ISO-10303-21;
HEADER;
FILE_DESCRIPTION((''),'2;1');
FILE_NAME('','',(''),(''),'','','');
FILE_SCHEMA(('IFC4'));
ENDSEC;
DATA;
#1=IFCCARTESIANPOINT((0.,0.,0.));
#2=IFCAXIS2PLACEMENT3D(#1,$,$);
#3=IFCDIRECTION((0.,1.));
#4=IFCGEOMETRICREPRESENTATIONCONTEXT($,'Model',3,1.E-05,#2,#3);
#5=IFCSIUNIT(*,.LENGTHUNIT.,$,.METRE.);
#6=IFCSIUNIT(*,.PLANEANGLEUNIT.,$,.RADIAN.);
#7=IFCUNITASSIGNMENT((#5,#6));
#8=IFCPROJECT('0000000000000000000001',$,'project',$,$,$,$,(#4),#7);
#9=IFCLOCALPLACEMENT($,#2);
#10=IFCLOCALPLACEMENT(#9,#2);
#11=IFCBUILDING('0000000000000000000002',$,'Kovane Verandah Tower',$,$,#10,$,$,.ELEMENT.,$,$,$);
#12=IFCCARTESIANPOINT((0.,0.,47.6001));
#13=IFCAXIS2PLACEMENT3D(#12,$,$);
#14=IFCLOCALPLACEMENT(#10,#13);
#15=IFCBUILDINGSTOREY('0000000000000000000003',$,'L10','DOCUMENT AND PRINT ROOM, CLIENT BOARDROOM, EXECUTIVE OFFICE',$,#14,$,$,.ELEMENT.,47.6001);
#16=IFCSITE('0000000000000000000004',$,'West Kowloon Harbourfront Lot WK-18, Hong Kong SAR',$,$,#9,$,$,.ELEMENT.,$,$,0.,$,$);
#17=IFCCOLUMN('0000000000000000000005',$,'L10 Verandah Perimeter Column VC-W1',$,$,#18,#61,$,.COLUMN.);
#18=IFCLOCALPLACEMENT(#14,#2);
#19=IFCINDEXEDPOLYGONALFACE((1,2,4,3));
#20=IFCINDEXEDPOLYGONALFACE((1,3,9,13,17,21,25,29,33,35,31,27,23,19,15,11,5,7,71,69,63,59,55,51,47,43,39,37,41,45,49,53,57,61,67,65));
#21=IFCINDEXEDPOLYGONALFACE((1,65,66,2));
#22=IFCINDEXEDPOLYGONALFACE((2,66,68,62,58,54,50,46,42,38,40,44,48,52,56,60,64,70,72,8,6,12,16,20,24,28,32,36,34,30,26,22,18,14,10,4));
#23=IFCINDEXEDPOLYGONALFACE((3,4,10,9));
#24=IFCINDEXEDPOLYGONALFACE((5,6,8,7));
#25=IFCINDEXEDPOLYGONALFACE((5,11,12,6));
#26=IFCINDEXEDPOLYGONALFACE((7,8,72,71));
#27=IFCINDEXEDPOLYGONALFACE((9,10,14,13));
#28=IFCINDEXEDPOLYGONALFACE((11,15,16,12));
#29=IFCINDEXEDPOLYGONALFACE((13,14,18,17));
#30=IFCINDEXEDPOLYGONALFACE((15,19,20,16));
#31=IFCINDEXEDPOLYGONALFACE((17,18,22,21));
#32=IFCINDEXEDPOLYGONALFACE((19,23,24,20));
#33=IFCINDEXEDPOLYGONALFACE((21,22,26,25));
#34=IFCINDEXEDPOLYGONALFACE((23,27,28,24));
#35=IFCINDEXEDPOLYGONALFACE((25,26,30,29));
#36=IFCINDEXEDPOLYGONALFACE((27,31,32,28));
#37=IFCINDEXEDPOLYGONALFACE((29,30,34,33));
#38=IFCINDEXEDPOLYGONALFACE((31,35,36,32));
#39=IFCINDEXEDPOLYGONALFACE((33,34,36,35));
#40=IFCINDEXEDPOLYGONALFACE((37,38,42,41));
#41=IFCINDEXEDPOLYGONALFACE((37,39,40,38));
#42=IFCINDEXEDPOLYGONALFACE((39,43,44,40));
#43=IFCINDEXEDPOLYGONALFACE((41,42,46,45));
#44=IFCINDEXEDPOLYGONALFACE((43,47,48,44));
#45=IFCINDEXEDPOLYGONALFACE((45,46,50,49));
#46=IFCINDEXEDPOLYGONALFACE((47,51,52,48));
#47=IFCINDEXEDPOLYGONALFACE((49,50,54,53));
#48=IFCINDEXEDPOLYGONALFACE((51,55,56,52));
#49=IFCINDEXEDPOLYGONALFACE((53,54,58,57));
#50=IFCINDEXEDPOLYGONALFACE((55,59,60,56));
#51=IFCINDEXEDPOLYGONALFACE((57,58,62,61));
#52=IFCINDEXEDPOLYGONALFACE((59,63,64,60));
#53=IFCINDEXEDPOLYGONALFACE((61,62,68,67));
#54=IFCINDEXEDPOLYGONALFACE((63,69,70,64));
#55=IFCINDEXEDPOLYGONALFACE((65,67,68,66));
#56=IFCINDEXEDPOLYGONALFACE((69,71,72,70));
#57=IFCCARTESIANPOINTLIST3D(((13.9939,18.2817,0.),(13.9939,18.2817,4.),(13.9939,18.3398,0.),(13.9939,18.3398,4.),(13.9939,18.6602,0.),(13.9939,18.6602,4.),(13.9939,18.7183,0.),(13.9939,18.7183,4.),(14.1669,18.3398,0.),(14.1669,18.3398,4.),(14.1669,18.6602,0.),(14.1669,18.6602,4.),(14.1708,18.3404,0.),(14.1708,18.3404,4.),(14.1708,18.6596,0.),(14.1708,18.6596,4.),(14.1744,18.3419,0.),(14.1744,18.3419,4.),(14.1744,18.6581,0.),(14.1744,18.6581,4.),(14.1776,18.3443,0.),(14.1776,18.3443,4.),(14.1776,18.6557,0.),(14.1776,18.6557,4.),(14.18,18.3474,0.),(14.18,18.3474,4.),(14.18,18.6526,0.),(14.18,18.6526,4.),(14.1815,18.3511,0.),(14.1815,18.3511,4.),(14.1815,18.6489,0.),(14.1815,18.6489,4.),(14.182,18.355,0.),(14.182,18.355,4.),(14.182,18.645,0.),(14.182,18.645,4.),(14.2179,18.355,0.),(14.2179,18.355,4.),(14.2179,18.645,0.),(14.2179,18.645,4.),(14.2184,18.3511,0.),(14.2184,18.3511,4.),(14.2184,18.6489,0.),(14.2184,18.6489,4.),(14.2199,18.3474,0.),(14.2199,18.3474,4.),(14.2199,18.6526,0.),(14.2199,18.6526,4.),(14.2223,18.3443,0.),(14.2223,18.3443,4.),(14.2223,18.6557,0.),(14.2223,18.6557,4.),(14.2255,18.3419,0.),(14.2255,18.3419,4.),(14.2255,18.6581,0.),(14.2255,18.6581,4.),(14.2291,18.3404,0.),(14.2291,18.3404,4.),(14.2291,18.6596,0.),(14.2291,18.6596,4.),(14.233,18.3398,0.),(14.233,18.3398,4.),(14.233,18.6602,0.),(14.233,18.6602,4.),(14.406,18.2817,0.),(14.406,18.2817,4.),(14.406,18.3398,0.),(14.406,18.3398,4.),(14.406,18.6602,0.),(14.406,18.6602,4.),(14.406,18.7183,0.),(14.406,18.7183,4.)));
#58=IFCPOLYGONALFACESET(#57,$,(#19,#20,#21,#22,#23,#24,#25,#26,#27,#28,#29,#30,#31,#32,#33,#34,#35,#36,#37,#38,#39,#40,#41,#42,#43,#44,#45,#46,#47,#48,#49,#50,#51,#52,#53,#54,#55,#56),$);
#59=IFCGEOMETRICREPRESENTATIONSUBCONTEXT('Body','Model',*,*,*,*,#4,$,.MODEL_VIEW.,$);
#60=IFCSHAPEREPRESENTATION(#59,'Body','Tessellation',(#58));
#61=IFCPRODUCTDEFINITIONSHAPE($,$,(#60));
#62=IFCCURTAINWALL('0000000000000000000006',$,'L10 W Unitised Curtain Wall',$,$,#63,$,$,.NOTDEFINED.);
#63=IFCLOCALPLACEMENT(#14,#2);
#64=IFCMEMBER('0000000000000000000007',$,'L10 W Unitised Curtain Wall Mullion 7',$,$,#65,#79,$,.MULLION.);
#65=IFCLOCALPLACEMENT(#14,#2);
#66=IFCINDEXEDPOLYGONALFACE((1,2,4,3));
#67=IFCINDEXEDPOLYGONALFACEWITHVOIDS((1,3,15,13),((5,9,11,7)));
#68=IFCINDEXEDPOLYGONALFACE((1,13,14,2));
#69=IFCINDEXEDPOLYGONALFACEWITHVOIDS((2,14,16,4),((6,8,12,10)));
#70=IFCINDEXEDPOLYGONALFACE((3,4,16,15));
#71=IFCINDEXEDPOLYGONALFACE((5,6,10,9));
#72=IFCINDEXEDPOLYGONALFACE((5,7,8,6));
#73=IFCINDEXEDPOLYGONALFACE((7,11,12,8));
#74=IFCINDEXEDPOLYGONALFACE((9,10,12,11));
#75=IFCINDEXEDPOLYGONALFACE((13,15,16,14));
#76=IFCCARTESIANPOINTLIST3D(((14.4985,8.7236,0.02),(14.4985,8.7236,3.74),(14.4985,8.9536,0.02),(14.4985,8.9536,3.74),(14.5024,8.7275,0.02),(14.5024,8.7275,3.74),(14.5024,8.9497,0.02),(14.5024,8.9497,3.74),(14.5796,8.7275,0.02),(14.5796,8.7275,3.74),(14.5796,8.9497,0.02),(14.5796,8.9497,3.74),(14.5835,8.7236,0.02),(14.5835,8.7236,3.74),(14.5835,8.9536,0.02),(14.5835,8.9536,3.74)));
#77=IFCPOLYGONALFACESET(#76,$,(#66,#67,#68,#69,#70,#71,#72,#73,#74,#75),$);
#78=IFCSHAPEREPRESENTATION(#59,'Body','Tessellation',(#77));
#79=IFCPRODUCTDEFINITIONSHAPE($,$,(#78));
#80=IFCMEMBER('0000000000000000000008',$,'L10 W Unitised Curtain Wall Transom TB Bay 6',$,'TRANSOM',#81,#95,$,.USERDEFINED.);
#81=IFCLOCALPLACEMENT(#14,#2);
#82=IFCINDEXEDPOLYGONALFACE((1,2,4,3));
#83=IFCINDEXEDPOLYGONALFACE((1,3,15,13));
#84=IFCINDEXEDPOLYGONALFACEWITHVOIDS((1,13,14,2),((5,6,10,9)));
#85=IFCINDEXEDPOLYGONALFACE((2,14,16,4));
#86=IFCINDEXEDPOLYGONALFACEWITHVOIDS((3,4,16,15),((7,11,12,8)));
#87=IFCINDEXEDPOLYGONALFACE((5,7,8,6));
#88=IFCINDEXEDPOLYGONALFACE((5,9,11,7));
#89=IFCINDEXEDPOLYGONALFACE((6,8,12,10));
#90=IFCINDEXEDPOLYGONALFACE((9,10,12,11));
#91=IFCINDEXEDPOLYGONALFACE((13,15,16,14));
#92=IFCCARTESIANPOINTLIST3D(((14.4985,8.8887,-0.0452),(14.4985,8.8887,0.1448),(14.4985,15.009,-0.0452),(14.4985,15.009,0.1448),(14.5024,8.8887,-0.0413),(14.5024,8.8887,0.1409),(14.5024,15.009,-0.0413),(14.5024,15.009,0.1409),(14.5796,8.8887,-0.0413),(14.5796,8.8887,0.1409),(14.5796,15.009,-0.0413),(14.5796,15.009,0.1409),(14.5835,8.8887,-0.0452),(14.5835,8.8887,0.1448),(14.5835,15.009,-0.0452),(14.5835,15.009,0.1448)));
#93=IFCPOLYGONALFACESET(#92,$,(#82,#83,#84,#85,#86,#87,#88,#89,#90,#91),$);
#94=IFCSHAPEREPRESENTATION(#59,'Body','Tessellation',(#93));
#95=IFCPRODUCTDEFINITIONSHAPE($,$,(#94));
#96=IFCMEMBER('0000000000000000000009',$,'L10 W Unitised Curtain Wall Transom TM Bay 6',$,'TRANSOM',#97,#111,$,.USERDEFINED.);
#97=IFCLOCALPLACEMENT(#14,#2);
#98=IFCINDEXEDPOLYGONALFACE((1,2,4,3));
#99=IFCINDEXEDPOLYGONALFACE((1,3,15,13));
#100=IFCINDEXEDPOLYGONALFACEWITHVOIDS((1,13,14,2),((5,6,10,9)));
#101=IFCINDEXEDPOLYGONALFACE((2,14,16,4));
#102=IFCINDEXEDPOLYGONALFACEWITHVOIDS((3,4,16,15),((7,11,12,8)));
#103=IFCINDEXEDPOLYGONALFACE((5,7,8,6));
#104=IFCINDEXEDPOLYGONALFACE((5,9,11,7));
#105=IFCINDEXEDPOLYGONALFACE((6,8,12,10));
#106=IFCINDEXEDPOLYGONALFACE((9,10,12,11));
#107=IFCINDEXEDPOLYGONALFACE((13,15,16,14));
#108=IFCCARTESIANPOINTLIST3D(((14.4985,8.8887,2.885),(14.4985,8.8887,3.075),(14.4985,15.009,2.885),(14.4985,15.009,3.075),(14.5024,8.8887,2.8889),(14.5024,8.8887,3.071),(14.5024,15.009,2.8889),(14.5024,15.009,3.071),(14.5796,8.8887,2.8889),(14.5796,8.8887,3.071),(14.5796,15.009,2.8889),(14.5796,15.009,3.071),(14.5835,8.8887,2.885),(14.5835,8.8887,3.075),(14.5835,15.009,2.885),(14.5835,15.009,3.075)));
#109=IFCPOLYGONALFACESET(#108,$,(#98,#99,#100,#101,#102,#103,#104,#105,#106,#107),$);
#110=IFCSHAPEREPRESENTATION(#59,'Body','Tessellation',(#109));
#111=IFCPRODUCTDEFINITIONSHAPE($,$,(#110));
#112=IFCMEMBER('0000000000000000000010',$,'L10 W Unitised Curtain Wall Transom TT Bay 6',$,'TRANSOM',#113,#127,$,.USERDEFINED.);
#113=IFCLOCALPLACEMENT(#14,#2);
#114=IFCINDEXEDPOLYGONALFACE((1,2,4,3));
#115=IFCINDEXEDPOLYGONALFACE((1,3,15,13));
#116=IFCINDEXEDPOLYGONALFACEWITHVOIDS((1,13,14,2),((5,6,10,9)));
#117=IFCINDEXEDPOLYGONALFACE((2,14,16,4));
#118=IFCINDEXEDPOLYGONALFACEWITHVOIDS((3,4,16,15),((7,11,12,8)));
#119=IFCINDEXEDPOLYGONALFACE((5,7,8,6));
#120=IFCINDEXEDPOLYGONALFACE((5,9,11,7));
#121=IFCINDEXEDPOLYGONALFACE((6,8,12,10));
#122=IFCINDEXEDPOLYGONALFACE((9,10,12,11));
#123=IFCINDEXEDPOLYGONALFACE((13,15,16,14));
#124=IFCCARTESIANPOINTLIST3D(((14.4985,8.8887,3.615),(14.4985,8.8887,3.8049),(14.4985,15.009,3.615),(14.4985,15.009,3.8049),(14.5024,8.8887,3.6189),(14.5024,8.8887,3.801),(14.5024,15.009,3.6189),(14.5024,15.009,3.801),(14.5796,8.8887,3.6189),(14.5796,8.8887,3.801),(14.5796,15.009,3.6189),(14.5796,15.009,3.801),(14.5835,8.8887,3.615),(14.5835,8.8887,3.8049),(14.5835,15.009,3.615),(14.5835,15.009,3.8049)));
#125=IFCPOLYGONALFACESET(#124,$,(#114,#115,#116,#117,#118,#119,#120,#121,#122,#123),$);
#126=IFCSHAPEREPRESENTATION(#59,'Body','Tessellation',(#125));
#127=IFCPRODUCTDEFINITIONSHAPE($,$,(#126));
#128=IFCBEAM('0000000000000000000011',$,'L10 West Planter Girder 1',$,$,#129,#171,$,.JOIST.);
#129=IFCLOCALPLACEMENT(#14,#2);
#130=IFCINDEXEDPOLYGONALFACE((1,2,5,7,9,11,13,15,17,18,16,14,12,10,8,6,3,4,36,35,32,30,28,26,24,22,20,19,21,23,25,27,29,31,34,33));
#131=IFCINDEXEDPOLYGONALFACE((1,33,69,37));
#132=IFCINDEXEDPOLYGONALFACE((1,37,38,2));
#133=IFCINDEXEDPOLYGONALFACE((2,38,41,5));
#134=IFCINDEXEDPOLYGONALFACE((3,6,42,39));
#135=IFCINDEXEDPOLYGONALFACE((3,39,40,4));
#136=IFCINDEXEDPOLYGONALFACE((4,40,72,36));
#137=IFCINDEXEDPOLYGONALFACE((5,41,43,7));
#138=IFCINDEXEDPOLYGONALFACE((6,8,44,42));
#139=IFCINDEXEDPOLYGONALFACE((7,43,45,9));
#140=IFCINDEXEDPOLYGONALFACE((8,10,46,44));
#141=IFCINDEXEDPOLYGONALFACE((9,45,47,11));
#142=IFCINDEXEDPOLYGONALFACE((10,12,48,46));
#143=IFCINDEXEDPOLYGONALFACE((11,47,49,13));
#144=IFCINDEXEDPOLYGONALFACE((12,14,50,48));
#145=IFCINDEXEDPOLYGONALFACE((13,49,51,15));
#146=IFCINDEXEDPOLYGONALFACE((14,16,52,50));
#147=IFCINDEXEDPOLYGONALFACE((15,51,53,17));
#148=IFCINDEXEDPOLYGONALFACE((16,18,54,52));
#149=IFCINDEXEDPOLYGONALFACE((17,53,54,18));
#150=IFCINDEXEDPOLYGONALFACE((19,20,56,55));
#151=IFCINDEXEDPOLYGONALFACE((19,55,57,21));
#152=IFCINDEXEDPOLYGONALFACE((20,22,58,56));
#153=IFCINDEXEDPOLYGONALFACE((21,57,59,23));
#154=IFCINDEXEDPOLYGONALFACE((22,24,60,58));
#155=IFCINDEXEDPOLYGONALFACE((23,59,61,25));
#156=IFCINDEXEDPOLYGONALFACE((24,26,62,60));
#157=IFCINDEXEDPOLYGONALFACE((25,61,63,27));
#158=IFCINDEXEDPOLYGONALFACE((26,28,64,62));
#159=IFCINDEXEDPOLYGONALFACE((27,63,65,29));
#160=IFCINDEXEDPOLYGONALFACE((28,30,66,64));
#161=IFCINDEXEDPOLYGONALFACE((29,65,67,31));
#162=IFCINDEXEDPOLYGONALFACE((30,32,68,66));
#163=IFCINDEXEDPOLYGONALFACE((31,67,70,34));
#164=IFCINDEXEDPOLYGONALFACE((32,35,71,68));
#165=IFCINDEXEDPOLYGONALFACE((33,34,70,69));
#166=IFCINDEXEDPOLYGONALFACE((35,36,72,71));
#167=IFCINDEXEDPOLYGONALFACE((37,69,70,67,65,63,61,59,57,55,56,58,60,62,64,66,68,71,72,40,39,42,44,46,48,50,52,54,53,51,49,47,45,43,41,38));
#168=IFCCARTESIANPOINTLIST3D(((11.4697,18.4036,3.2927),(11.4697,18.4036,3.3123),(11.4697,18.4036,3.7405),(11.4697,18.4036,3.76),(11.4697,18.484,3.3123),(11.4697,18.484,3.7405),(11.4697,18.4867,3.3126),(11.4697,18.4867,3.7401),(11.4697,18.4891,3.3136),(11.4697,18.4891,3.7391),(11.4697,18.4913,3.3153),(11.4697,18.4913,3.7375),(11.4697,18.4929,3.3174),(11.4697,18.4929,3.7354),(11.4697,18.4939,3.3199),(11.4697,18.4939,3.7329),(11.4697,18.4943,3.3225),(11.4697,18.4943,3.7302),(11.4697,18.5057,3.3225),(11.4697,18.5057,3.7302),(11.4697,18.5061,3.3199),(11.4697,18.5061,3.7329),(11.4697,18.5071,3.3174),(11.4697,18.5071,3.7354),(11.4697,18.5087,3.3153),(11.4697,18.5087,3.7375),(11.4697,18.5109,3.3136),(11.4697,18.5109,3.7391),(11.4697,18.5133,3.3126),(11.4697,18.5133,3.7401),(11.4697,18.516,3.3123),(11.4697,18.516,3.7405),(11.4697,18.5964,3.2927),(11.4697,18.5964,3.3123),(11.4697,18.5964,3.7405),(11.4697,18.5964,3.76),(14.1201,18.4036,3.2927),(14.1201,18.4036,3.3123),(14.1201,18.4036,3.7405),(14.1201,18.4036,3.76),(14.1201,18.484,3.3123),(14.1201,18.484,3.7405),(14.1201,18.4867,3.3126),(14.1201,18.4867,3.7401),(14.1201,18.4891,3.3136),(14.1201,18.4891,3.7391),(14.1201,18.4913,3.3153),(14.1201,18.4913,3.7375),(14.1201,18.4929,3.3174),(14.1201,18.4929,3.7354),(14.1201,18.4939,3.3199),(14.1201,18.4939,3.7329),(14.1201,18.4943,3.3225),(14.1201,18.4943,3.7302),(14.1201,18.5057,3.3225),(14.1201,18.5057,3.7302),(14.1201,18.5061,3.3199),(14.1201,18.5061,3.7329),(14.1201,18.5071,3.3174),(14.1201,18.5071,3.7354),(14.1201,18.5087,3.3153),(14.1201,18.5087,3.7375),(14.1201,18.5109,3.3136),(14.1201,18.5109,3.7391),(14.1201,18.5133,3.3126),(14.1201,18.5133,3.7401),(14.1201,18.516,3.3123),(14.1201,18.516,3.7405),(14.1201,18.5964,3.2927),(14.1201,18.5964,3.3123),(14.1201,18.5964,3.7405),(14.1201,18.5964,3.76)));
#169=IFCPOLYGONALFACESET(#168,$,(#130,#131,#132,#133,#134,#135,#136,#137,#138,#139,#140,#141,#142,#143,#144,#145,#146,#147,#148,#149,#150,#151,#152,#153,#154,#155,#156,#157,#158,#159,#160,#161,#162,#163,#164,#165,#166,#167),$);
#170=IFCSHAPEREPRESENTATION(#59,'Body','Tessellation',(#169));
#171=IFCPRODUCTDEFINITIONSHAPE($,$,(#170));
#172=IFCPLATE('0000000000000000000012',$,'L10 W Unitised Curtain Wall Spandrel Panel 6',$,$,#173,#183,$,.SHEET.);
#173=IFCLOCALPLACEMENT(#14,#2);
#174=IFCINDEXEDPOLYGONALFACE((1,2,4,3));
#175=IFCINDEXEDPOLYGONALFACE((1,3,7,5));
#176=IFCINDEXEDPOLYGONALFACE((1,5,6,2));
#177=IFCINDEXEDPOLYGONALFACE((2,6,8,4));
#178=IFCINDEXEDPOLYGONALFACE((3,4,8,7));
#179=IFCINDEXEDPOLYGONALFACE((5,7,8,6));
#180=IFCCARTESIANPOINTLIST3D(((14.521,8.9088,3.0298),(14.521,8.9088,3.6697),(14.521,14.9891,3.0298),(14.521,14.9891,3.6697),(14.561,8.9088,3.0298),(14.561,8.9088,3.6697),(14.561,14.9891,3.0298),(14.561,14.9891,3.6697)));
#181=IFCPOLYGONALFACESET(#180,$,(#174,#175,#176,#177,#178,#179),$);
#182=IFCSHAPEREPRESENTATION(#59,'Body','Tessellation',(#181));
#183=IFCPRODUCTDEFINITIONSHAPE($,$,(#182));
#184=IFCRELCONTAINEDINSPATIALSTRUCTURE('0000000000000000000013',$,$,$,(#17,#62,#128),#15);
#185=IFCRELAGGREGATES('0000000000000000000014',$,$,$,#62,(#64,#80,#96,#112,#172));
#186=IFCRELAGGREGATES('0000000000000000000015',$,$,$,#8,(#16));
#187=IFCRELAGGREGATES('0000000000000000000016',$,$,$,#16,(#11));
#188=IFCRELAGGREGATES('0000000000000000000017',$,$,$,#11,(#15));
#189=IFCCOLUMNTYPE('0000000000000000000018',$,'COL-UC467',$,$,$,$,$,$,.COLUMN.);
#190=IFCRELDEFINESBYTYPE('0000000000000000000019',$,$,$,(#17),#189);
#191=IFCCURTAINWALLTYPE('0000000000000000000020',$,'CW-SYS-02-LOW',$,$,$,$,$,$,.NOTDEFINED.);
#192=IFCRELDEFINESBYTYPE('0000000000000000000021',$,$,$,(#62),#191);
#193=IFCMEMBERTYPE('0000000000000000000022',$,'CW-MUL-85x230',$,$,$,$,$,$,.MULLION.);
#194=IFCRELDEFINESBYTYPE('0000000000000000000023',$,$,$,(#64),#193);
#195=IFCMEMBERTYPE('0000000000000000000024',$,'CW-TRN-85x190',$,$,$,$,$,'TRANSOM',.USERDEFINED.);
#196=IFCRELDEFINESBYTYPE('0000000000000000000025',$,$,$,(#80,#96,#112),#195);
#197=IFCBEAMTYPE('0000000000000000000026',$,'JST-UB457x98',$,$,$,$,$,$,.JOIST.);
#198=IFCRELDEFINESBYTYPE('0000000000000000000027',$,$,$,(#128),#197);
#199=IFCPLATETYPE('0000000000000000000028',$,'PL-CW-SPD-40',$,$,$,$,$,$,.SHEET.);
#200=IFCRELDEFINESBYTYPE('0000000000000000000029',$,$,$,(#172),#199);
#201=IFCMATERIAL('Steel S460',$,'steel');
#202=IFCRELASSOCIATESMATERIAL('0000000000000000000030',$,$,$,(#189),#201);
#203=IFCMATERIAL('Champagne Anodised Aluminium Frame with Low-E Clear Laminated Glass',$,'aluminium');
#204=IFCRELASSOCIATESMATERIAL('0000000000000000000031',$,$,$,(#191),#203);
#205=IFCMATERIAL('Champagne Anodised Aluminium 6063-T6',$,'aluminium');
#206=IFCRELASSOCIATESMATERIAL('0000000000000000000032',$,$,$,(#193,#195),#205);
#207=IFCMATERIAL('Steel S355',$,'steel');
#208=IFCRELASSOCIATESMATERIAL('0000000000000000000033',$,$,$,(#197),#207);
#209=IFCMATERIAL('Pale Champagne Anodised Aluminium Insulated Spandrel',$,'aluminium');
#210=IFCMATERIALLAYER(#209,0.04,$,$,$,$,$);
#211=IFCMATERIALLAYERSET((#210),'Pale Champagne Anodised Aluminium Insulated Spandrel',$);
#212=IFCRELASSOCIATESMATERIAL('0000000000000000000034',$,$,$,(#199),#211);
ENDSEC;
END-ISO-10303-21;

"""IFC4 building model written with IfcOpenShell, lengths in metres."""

from ifc_helpers import new_model, si_unit, direction, frame, origin, origin_2d, place, context, subcontext, project, spatial, rectangle, hollow_rectangle, i_section, extrude, material, layer, layer_set, material_profile, profile_set, type_object, element, aggregate, save


model = new_model("IFC4")

# Units and contexts
model_context = context("Model", 3, precision=1e-05, world=origin(), true_north=direction((0.0, 1.0)))
body_context = subcontext(model_context, "Body", "Model", "MODEL_VIEW")
ifc_project = project(units=[si_unit("LENGTHUNIT", "METRE"), si_unit("PLANEANGLEUNIT", "RADIAN")], contexts=[model_context])

# Site, building, storey
site_placement = place(None, origin())
site = spatial("IfcSite", under=ifc_project, at=site_placement, Name="West Kowloon Harbourfront Lot WK-18, Hong Kong SAR", CompositionType="ELEMENT", RefElevation=0.0)
building_placement = place(site_placement, origin())
building = spatial("IfcBuilding", under=site, at=building_placement, Name="Kovane Verandah Tower", CompositionType="ELEMENT")
storey_placement = place(building_placement, frame((0.0, 0.0, 47.6001)))
storey = spatial("IfcBuildingStorey", under=building, at=storey_placement, Name="L10", Description="DOCUMENT AND PRINT ROOM, CLIENT BOARDROOM, EXECUTIVE OFFICE", CompositionType="ELEMENT", Elevation=47.6001)

# Column
ifc_material_1 = material(Name="Steel S460", Category="steel")
ifc_material_profile_1 = material_profile(ifc_material_1, i_section(OverallWidth=0.4121, OverallDepth=0.4365, WebThickness=0.0359, FlangeThickness=0.0581, FilletRadius=0.0151, at=origin_2d()), Name="UC356x406x467")
ifc_profile_set_1 = profile_set([ifc_material_profile_1], Name="Steel S460")
column_type = type_object("IfcColumnType", Name="COL-UC467", PredefinedType="COLUMN", material=ifc_profile_set_1)
column_placement = place(storey_placement, frame((14.2, 18.5, 0.0), z_axis=(0.0, 0.0, 1.0), x_axis=(1.0, 0.0, 0.0)))
element("IfcColumn", 1, at=column_placement, inside=storey, type_object=column_type, Name="L10 Verandah Perimeter Column VC-W1", PredefinedType="COLUMN", context=body_context, shape_type="SweptSolid", body=[
    extrude(i_section(OverallWidth=0.4121, OverallDepth=0.4365, WebThickness=0.0359, FlangeThickness=0.0581, FilletRadius=0.0151, at=origin_2d()), origin(), (0.0, 0.0, 1.0), 4.0),
])

# Curtain wall, members
ifc_material_2 = material(Name="Champagne Anodised Aluminium Frame with Low-E Clear Laminated Glass", Category="aluminium")
curtain_wall_type = type_object("IfcCurtainWallType", Name="CW-SYS-02-LOW", PredefinedType="NOTDEFINED", material=ifc_material_2)
curtain_wall_placement = place(storey_placement, origin())
curtain_wall = element("IfcCurtainWall", 2, at=curtain_wall_placement, inside=storey, type_object=curtain_wall_type, Name="L10 W Unitised Curtain Wall", PredefinedType="NOTDEFINED")
ifc_material_3 = material(Name="Champagne Anodised Aluminium 6063-T6", Category="aluminium")
ifc_material_profile_2 = material_profile(ifc_material_3, hollow_rectangle(XDim=0.085, YDim=0.23, WallThickness=0.0039, at=origin_2d()), Name="AL85x230x4")
ifc_profile_set_2 = profile_set([ifc_material_profile_2], Name="Champagne Anodised Aluminium 6063-T6")
member_type_1 = type_object("IfcMemberType", Name="CW-MUL-85x230", PredefinedType="MULLION", material=ifc_profile_set_2)
member_1_placement = place(storey_placement, frame((14.541, 8.8386, 0.02), z_axis=(0.0, 0.0, 1.0), x_axis=(-1.0, 0.0, 0.0)))
member_1 = element("IfcMember", 3, at=member_1_placement, type_object=member_type_1, Name="L10 W Unitised Curtain Wall Mullion 7", PredefinedType="MULLION", context=body_context, shape_type="SweptSolid", body=[
    extrude(hollow_rectangle(XDim=0.085, YDim=0.23, WallThickness=0.0039, at=origin_2d()), origin(), (0.0, 0.0, 1.0), 3.72),
])
ifc_material_profile_3 = material_profile(ifc_material_3, hollow_rectangle(XDim=0.085, YDim=0.1899, WallThickness=0.0039, at=origin_2d()), Name="AL85x190x4")
ifc_profile_set_3 = profile_set([ifc_material_profile_3], Name="Champagne Anodised Aluminium 6063-T6")
member_type_2 = type_object("IfcMemberType", Name="CW-TRN-85x190", ElementType="TRANSOM", PredefinedType="USERDEFINED", material=ifc_profile_set_3)
member_2_placement = place(storey_placement, frame((14.541, 15.009, 0.0498), z_axis=(0.0, -1.0, 0.0), x_axis=(1.0, 0.0, 0.0)))
member_2 = element("IfcMember", 4, at=member_2_placement, type_object=member_type_2, Name="L10 W Unitised Curtain Wall Transom TB Bay 6", ObjectType="TRANSOM", PredefinedType="USERDEFINED", context=body_context, shape_type="SweptSolid", body=[
    extrude(hollow_rectangle(XDim=0.085, YDim=0.1899, WallThickness=0.0039, at=origin_2d()), origin(), (0.0, 0.0, 1.0), 6.1204),
])
member_3_placement = place(storey_placement, frame((14.541, 15.009, 2.98), z_axis=(0.0, -1.0, 0.0), x_axis=(1.0, 0.0, 0.0)))
member_3 = element("IfcMember", 5, at=member_3_placement, type_object=member_type_2, Name="L10 W Unitised Curtain Wall Transom TM Bay 6", ObjectType="TRANSOM", PredefinedType="USERDEFINED", context=body_context, shape_type="SweptSolid", body=[
    extrude(hollow_rectangle(XDim=0.085, YDim=0.1899, WallThickness=0.0039, at=origin_2d()), origin(), (0.0, 0.0, 1.0), 6.1204),
])
member_4_placement = place(storey_placement, frame((14.541, 15.009, 3.71), z_axis=(0.0, -1.0, 0.0), x_axis=(1.0, 0.0, 0.0)))
member_4 = element("IfcMember", 6, at=member_4_placement, type_object=member_type_2, Name="L10 W Unitised Curtain Wall Transom TT Bay 6", ObjectType="TRANSOM", PredefinedType="USERDEFINED", context=body_context, shape_type="SweptSolid", body=[
    extrude(hollow_rectangle(XDim=0.085, YDim=0.1899, WallThickness=0.0039, at=origin_2d()), origin(), (0.0, 0.0, 1.0), 6.1204),
])

# Beam
ifc_material_4 = material(Name="Steel S355", Category="steel")
ifc_material_profile_4 = material_profile(ifc_material_4, i_section(OverallWidth=0.1929, OverallDepth=0.4673, WebThickness=0.0115, FlangeThickness=0.0195, FilletRadius=0.0103, at=origin_2d()), Name="UB457x191x98")
ifc_profile_set_4 = profile_set([ifc_material_profile_4], Name="Steel S355")
beam_type = type_object("IfcBeamType", Name="JST-UB457x98", PredefinedType="JOIST", material=ifc_profile_set_4)
beam_placement = place(storey_placement, frame((14.1201, 18.5, 3.5264), z_axis=(-1.0, 0.0, 0.0), x_axis=(0.0, -1.0, 0.0)))
element("IfcBeam", 7, at=beam_placement, inside=storey, type_object=beam_type, Name="L10 West Planter Girder 1", PredefinedType="JOIST", context=body_context, shape_type="SweptSolid", body=[
    extrude(i_section(OverallWidth=0.1929, OverallDepth=0.4673, WebThickness=0.0115, FlangeThickness=0.0195, FilletRadius=0.0103, at=origin_2d()), origin(), (0.0, 0.0, 1.0), 2.6504),
])

# Plate
ifc_material_5 = material(Name="Pale Champagne Anodised Aluminium Insulated Spandrel", Category="aluminium")
ifc_layer_1 = layer(ifc_material_5, 0.04)
ifc_layer_set_1 = layer_set([ifc_layer_1], Name="Pale Champagne Anodised Aluminium Insulated Spandrel")
plate_type_1 = type_object("IfcPlateType", Name="PL-CW-SPD-40", PredefinedType="SHEET", material=ifc_layer_set_1)
plate_1_placement = place(storey_placement, frame((14.541, 11.949, 3.0298), z_axis=(0.0, 0.0, 1.0), x_axis=(0.0, -1.0, 0.0)))
plate_1 = element("IfcPlate", 8, at=plate_1_placement, type_object=plate_type_1, Name="L10 W Unitised Curtain Wall Spandrel Panel 6", PredefinedType="SHEET", context=body_context, shape_type="SweptSolid", body=[
    extrude(rectangle(XDim=6.0803, YDim=0.04, at=origin_2d()), origin(), (0.0, 0.0, 1.0), 0.6399),
])
aggregate(curtain_wall, [member_1, member_2, member_3, member_4, plate_1])

save(model, "model.ifc")
